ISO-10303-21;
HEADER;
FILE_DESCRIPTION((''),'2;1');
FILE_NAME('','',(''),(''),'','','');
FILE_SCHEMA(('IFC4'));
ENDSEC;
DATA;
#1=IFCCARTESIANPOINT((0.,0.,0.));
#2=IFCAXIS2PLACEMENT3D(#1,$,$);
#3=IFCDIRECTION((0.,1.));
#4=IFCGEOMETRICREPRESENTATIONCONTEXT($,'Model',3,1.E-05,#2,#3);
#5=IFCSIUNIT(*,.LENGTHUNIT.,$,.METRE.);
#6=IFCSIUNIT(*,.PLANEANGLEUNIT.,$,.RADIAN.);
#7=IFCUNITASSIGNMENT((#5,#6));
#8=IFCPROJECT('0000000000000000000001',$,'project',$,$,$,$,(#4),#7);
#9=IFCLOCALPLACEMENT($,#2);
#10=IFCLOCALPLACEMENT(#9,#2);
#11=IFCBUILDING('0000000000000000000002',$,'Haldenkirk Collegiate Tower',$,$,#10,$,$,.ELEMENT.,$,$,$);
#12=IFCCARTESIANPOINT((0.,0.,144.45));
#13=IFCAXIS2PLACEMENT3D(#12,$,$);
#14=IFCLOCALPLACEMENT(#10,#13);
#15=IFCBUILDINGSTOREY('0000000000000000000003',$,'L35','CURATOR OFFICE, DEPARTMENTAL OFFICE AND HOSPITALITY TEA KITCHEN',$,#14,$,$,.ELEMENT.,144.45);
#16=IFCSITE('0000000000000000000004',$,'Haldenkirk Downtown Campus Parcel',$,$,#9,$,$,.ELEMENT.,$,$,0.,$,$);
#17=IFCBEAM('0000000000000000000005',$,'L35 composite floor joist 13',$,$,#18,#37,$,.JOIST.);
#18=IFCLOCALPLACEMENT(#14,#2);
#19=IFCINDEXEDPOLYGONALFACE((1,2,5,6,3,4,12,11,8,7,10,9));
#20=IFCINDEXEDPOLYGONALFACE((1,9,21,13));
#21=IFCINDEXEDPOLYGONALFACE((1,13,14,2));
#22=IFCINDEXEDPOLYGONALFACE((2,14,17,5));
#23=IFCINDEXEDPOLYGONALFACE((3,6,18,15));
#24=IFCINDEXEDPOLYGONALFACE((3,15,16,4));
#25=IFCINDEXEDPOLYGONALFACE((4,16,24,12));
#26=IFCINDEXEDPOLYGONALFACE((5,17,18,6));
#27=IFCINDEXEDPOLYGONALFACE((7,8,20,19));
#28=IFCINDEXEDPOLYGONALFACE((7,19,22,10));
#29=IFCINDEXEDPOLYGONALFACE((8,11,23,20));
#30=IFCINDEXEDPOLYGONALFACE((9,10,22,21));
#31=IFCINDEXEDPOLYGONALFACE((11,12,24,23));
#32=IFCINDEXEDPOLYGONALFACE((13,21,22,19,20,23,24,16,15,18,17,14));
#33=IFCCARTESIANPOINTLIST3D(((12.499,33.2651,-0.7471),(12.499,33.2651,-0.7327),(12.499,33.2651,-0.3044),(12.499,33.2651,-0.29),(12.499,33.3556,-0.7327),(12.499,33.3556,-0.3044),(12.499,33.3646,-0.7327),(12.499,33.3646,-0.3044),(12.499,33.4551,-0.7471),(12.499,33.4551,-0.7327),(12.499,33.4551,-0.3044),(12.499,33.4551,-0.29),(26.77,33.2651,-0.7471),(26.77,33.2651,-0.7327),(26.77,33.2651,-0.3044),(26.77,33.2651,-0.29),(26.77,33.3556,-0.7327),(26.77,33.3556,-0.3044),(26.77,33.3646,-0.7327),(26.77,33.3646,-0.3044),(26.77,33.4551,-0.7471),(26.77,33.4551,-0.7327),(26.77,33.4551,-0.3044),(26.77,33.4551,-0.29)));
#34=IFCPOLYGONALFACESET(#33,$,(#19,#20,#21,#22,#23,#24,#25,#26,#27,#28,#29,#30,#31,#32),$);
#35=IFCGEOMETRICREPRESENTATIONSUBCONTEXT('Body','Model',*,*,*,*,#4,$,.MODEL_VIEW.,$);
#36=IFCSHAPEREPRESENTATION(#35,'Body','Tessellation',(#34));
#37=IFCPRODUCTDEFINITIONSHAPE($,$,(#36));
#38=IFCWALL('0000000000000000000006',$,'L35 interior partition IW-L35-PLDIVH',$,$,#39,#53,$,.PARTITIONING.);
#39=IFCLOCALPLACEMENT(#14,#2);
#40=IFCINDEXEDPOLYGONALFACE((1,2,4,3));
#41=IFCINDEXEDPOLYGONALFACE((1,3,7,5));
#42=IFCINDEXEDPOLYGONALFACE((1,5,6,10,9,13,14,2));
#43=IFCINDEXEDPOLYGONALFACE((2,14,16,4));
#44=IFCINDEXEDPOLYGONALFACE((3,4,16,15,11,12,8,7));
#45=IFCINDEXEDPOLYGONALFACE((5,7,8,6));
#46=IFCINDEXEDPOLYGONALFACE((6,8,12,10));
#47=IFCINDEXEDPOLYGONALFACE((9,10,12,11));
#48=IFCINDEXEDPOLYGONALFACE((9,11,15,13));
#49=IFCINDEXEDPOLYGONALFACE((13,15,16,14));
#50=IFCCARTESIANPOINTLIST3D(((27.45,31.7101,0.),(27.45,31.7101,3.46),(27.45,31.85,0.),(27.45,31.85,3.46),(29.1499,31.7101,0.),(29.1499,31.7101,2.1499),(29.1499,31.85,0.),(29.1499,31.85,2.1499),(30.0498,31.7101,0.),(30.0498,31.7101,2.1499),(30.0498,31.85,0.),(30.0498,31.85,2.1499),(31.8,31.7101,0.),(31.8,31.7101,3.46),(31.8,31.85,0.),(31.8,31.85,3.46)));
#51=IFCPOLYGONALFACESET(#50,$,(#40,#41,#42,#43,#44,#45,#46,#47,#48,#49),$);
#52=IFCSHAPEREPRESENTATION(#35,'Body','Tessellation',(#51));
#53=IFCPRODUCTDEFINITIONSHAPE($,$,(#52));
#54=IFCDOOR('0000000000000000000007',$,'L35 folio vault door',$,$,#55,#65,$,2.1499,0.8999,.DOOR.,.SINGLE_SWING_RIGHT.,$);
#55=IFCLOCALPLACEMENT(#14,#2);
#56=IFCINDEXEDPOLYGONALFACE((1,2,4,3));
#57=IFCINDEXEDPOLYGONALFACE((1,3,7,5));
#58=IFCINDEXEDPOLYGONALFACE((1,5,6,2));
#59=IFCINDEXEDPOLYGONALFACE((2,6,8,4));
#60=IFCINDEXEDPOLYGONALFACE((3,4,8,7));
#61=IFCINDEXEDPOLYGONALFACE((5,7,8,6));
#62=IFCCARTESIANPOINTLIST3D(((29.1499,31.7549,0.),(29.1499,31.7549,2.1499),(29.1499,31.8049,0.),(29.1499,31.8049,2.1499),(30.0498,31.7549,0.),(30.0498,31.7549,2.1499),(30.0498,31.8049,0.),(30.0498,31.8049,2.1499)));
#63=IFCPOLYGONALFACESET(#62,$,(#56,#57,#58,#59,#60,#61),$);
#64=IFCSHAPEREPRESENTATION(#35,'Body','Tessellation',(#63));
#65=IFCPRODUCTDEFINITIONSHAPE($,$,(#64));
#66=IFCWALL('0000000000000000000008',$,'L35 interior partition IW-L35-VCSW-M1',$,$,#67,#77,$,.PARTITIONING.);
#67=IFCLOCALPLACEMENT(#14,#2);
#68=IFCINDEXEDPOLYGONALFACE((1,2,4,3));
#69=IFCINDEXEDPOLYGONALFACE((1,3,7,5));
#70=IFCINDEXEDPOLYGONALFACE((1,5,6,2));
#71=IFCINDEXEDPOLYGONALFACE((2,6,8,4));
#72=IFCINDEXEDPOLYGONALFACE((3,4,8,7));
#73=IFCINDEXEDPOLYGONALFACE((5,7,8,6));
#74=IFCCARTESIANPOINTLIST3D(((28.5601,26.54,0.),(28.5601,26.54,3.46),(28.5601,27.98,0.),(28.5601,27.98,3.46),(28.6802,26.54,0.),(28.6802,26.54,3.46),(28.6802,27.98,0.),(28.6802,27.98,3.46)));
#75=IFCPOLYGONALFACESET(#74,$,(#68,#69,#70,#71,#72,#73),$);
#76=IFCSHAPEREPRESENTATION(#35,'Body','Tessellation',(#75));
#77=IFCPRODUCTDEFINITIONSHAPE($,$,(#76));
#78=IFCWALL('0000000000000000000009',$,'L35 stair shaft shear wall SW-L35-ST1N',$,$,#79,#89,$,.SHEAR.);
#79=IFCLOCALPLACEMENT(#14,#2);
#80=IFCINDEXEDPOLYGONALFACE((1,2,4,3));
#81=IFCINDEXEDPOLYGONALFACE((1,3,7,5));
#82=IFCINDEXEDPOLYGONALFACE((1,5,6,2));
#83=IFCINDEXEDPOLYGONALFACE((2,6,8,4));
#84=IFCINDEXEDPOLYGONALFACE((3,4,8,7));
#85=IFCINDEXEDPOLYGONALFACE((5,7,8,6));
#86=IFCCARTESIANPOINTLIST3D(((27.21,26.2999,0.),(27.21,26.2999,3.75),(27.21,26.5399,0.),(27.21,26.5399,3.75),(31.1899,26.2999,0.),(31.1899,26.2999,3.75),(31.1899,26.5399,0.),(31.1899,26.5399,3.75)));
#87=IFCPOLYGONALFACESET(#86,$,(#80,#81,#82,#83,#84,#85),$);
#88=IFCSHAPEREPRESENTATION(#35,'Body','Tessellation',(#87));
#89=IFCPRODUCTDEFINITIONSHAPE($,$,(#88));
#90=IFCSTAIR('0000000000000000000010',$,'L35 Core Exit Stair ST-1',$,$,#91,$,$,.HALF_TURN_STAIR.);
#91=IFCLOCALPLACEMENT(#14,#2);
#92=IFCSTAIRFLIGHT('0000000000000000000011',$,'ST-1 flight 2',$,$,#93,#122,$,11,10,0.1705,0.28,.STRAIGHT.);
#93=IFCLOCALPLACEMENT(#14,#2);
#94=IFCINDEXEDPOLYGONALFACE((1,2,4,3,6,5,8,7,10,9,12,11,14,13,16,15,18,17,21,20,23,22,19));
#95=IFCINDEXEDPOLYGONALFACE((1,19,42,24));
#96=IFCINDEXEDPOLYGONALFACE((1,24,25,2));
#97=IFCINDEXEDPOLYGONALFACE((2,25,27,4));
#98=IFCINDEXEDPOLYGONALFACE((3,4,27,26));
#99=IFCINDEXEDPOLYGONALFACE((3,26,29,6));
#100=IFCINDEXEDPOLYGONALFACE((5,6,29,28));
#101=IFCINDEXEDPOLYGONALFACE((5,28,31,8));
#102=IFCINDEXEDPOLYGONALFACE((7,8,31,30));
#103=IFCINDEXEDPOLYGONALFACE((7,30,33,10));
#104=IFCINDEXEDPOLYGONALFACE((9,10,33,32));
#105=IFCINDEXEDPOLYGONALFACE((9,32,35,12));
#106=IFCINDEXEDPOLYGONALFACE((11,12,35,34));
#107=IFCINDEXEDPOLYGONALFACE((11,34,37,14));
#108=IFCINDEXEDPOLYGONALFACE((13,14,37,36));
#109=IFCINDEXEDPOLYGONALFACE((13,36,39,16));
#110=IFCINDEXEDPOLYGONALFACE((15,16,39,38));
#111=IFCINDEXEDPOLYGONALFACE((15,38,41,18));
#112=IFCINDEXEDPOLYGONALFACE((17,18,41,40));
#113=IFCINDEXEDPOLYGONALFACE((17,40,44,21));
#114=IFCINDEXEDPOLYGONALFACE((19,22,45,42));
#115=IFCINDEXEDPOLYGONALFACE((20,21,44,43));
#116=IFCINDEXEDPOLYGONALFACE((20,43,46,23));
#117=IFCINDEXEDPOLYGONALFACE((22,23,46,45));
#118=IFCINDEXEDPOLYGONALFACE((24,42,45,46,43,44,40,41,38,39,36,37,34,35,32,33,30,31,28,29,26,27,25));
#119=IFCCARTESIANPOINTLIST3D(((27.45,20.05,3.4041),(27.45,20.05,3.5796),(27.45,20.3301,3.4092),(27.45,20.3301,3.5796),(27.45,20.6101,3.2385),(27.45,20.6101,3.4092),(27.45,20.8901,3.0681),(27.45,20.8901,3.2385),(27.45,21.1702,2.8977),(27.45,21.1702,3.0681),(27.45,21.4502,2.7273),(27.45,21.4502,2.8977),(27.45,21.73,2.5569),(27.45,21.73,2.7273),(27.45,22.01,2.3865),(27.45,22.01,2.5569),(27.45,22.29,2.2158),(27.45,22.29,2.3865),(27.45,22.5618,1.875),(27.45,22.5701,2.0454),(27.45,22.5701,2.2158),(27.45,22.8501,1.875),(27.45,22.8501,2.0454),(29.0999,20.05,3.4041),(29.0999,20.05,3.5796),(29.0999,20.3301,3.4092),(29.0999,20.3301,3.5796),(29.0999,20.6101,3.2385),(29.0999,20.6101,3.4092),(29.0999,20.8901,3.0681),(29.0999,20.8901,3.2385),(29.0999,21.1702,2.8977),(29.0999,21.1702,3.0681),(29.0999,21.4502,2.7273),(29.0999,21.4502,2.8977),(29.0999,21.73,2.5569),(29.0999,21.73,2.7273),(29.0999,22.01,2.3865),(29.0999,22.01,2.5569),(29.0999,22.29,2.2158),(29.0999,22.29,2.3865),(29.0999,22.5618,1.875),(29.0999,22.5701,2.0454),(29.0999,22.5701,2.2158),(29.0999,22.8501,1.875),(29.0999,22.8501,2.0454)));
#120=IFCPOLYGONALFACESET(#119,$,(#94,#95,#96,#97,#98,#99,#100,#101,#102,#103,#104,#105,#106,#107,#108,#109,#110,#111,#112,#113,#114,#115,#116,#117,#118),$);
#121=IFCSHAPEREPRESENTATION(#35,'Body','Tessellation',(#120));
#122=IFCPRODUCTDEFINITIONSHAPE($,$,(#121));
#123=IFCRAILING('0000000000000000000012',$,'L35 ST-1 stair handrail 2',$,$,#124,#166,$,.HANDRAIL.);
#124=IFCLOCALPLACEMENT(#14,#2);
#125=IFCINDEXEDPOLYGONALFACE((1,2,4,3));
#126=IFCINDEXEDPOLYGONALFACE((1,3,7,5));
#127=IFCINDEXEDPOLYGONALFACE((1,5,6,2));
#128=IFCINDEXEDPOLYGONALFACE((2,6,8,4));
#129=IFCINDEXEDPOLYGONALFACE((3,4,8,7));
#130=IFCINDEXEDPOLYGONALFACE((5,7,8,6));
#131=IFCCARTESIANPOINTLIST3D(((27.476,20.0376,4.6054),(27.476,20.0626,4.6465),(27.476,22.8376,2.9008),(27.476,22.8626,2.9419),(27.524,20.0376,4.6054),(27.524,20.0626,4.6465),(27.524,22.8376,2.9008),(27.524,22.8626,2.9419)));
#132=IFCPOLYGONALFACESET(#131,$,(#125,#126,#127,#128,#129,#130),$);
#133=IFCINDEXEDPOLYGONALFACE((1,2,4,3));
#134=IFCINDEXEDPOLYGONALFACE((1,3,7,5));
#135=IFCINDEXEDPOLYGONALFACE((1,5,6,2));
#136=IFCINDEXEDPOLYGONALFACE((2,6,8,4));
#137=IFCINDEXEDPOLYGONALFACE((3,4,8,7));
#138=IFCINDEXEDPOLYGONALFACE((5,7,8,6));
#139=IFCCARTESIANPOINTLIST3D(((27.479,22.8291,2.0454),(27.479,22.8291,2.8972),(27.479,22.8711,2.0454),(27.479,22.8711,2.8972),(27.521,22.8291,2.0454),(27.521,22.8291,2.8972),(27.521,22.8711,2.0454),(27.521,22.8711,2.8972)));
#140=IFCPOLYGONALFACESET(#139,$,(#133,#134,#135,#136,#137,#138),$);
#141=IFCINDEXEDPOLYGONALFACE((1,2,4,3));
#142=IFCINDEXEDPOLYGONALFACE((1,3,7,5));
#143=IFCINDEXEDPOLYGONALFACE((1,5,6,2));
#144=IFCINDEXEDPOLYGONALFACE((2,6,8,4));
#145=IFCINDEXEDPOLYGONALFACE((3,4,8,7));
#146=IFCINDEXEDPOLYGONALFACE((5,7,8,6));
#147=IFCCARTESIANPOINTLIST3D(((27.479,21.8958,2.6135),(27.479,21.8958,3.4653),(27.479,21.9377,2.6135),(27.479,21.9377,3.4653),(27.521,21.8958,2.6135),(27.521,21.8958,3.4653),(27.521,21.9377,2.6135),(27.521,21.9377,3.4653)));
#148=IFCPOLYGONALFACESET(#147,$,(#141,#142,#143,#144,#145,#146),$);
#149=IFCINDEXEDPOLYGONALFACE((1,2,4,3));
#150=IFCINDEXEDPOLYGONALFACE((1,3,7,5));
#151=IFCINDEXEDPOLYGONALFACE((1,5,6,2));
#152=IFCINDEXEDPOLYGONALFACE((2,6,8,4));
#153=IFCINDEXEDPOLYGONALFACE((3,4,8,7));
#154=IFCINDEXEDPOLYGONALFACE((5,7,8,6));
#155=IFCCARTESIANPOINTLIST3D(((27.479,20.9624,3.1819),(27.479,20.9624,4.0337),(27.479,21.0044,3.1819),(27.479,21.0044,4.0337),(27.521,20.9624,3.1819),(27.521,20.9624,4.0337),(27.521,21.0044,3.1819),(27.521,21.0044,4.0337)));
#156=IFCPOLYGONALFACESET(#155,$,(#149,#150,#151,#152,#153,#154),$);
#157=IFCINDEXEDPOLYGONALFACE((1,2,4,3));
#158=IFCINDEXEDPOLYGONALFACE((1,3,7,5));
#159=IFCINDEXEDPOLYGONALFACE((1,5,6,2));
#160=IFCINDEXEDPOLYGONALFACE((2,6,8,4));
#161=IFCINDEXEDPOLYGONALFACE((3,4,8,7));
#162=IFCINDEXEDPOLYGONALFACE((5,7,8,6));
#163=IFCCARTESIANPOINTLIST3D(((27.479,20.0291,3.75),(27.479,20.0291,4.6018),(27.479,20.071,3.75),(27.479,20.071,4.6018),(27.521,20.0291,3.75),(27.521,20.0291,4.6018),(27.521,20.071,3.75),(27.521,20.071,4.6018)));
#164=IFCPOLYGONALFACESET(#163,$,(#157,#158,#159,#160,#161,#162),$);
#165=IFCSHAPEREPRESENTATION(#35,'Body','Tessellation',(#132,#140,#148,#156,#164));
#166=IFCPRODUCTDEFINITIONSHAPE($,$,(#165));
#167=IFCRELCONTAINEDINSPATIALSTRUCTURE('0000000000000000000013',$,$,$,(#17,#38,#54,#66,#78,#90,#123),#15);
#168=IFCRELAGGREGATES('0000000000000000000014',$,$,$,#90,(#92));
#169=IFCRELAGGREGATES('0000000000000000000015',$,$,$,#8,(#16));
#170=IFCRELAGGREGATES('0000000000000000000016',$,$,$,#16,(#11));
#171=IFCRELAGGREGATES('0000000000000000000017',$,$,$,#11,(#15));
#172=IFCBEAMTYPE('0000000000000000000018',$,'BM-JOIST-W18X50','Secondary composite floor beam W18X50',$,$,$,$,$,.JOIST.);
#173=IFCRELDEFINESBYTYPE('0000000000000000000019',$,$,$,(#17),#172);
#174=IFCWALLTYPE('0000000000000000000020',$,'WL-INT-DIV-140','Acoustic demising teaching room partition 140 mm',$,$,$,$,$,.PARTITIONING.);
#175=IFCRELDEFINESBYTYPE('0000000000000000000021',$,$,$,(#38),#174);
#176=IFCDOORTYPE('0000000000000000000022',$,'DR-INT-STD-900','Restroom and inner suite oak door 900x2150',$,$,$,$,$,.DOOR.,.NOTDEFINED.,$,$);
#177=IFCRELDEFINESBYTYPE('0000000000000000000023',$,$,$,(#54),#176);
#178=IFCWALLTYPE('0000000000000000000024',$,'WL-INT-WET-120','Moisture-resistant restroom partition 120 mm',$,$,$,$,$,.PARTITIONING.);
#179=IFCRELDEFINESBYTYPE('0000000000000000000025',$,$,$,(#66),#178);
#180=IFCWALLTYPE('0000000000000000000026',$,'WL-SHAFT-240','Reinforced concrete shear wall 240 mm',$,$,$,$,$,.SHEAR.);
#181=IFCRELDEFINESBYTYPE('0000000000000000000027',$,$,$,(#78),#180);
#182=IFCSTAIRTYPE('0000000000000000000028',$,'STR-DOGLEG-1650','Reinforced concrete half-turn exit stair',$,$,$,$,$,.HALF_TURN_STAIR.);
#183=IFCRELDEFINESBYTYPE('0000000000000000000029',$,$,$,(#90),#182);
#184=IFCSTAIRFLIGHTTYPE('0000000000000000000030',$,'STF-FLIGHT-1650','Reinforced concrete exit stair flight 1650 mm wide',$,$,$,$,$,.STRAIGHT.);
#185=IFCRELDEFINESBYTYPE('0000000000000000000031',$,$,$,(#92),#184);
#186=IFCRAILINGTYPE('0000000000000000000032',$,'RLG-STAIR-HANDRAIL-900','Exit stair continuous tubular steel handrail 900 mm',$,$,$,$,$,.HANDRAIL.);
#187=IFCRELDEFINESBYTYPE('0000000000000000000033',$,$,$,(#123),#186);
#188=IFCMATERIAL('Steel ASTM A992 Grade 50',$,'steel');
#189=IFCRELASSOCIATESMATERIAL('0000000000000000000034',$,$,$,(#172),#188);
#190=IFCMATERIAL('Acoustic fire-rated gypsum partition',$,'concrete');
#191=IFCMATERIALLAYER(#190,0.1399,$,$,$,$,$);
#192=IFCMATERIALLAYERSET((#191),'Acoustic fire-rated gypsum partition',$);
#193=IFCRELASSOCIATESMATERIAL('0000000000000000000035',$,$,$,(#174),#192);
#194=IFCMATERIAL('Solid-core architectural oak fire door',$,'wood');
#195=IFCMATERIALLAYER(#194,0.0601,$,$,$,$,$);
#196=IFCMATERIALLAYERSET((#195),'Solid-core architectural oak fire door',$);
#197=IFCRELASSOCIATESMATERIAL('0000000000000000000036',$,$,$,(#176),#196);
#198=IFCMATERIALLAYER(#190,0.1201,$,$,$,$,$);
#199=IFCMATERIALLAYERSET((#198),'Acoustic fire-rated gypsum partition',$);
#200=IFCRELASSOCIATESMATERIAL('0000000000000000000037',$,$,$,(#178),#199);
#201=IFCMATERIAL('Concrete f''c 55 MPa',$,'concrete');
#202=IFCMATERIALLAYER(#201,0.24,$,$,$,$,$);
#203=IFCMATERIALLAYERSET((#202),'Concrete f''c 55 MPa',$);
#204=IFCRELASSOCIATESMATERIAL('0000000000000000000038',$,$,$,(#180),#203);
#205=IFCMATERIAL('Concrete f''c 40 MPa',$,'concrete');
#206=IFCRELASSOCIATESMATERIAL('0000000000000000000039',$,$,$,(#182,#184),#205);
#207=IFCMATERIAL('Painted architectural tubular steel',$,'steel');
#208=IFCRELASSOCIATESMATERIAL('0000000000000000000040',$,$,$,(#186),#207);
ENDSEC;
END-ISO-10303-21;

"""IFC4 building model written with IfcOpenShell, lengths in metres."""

from ifc_helpers import new_model, si_unit, direction, frame, frame_2d, origin, origin_2d, place, context, subcontext, project, spatial, polyline, rectangle, i_section, outline, extrude, material, layer, layer_set, material_profile, profile_set, type_object, element, fill, aggregate, save


model = new_model("IFC4")

# Units and contexts
model_context = context("Model", 3, precision=1e-05, world=origin(), true_north=direction((0.0, 1.0)))
body_context = subcontext(model_context, "Body", "Model", "MODEL_VIEW")
ifc_project = project(units=[si_unit("LENGTHUNIT", "METRE"), si_unit("PLANEANGLEUNIT", "RADIAN")], contexts=[model_context])

# Site, building, storey
site_placement = place(None, origin())
site = spatial("IfcSite", under=ifc_project, at=site_placement, Name="Haldenkirk Downtown Campus Parcel", CompositionType="ELEMENT", RefElevation=0.0)
building_placement = place(site_placement, origin())
building = spatial("IfcBuilding", under=site, at=building_placement, Name="Haldenkirk Collegiate Tower", CompositionType="ELEMENT")
storey_placement = place(building_placement, frame((0.0, 0.0, 144.45)))
storey = spatial("IfcBuildingStorey", under=building, at=storey_placement, Name="L35", Description="CURATOR OFFICE, DEPARTMENTAL OFFICE AND HOSPITALITY TEA KITCHEN", CompositionType="ELEMENT", Elevation=144.45)

# Beam
ifc_material_1 = material(Name="Steel ASTM A992 Grade 50", Category="steel")
ifc_material_profile = material_profile(ifc_material_1, i_section(OverallWidth=0.1899, OverallDepth=0.457, WebThickness=0.009, FlangeThickness=0.0144, at=origin_2d()), Name="W18X50")
ifc_profile_set = profile_set([ifc_material_profile], Name="Steel ASTM A992 Grade 50")
beam_type = type_object("IfcBeamType", Name="BM-JOIST-W18X50", Description="Secondary composite floor beam W18X50", PredefinedType="JOIST", material=ifc_profile_set)
beam_placement = place(storey_placement, frame((12.499, 33.3601, -0.5186), z_axis=(1.0, 0.0, 0.0), x_axis=(0.0, 1.0, 0.0)))
element("IfcBeam", 1, at=beam_placement, inside=storey, type_object=beam_type, Name="L35 composite floor joist 13", PredefinedType="JOIST", context=body_context, shape_type="SweptSolid", body=[
    extrude(i_section(OverallWidth=0.1899, OverallDepth=0.457, WebThickness=0.009, FlangeThickness=0.0144, at=origin_2d()), origin(), (0.0, 0.0, 1.0), 14.271),
])

# Shared definitions
ifc_material_2 = material(Name="Acoustic fire-rated gypsum partition", Category="concrete")
ifc_material_3 = material(Name="Solid-core architectural oak fire door", Category="wood")

# Wall, opening, door
ifc_layer_1 = layer(ifc_material_2, 0.1399)
ifc_layer_set_1 = layer_set([ifc_layer_1], Name="Acoustic fire-rated gypsum partition")
wall_type_1 = type_object("IfcWallType", Name="WL-INT-DIV-140", Description="Acoustic demising teaching room partition 140 mm", PredefinedType="PARTITIONING", material=ifc_layer_set_1)
wall_1_placement = place(storey_placement, frame((27.45, 31.78, 0.0), z_axis=(0.0, 0.0, 1.0), x_axis=(1.0, 0.0, 0.0)))
wall_1 = element("IfcWall", 2, at=wall_1_placement, inside=storey, type_object=wall_type_1, Name="L35 interior partition IW-L35-PLDIVH", PredefinedType="PARTITIONING", context=body_context, shape_type="SweptSolid", body=[
    extrude(rectangle(XDim=4.3501, YDim=0.1399, at=frame_2d((2.175, 0.0))), origin(), (0.0, 0.0, 1.0), 3.46),
])
opening_1_placement = place(wall_1_placement, frame((1.7, 0.0, 0.0)))
opening_1 = element("IfcOpeningElement", 3, at=opening_1_placement, cuts=wall_1, PredefinedType="OPENING", context=body_context, shape_type="SweptSolid", body=[
    extrude(rectangle(XDim=0.8999, YDim=2.1499, at=frame_2d((0.45, 1.075))), frame((0.0, 0.0798, 0.0), z_axis=(0.0, -1.0, 0.0), x_axis=(1.0, 0.0, 0.0)), (0.0, 0.0, 1.0), 0.1599),
])
ifc_layer_2 = layer(ifc_material_3, 0.0601)
ifc_layer_set_2 = layer_set([ifc_layer_2], Name="Solid-core architectural oak fire door")
door_type_1 = type_object("IfcDoorType", Name="DR-INT-STD-900", Description="Restroom and inner suite oak door 900x2150", OperationType="NOTDEFINED", PredefinedType="DOOR", material=ifc_layer_set_2)
door_1_placement = place(opening_1_placement, origin())
door_1 = element("IfcDoor", 4, at=door_1_placement, inside=storey, type_object=door_type_1, Name="L35 folio vault door", OperationType="SINGLE_SWING_RIGHT", OverallHeight=2.1499, OverallWidth=0.8999, PredefinedType="DOOR", context=body_context, shape_type="SweptSolid", body=[
    extrude(rectangle(XDim=0.8999, YDim=2.1499, at=frame_2d((0.45, 1.075))), frame((0.0, 0.0249, 0.0), z_axis=(0.0, -1.0, 0.0), x_axis=(1.0, 0.0, 0.0)), (0.0, 0.0, 1.0), 0.05),
])
fill(opening_1, door_1)

# Walls
ifc_layer_3 = layer(ifc_material_2, 0.1201)
ifc_layer_set_3 = layer_set([ifc_layer_3], Name="Acoustic fire-rated gypsum partition")
wall_type_2 = type_object("IfcWallType", Name="WL-INT-WET-120", Description="Moisture-resistant restroom partition 120 mm", PredefinedType="PARTITIONING", material=ifc_layer_set_3)
wall_2_placement = place(storey_placement, frame((28.6201, 26.54, 0.0), z_axis=(0.0, 0.0, 1.0), x_axis=(0.0, 1.0, 0.0)))
element("IfcWall", 5, at=wall_2_placement, inside=storey, type_object=wall_type_2, Name="L35 interior partition IW-L35-VCSW-M1", PredefinedType="PARTITIONING", context=body_context, shape_type="SweptSolid", body=[
    extrude(rectangle(XDim=1.4399, YDim=0.1201, at=frame_2d((0.72, 0.0))), origin(), (0.0, 0.0, 1.0), 3.46),
])
ifc_material_4 = material(Name="Concrete f'c 55 MPa", Category="concrete")
ifc_layer_4 = layer(ifc_material_4, 0.24)
ifc_layer_set_4 = layer_set([ifc_layer_4], Name="Concrete f'c 55 MPa")
wall_type_3 = type_object("IfcWallType", Name="WL-SHAFT-240", Description="Reinforced concrete shear wall 240 mm", PredefinedType="SHEAR", material=ifc_layer_set_4)
wall_3_placement = place(storey_placement, frame((27.21, 26.4199, 0.0), z_axis=(0.0, 0.0, 1.0), x_axis=(1.0, 0.0, 0.0)))
element("IfcWall", 6, at=wall_3_placement, inside=storey, type_object=wall_type_3, Name="L35 stair shaft shear wall SW-L35-ST1N", PredefinedType="SHEAR", context=body_context, shape_type="SweptSolid", body=[
    extrude(rectangle(XDim=3.98, YDim=0.24, at=frame_2d((1.99, 0.0))), origin(), (0.0, 0.0, 1.0), 3.75),
])

# Stair, stair flight
ifc_material_5 = material(Name="Concrete f'c 40 MPa", Category="concrete")
stair_type = type_object("IfcStairType", Name="STR-DOGLEG-1650", Description="Reinforced concrete half-turn exit stair", PredefinedType="HALF_TURN_STAIR", material=ifc_material_5)
stair_placement = place(storey_placement, origin())
stair = element("IfcStair", 7, at=stair_placement, inside=storey, type_object=stair_type, Name="L35 Core Exit Stair ST-1", PredefinedType="HALF_TURN_STAIR")
stair_flight_type = type_object("IfcStairFlightType", Name="STF-FLIGHT-1650", Description="Reinforced concrete exit stair flight 1650 mm wide", PredefinedType="STRAIGHT", material=ifc_material_5)
stair_flight_placement = place(storey_placement, frame((28.2749, 22.8501, 1.875), z_axis=(0.0, 0.0, 1.0), x_axis=(0.0, -1.0, 0.0)))
stair_flight = element("IfcStairFlight", 8, at=stair_flight_placement, type_object=stair_flight_type, Name="ST-1 flight 2", NumberOfRisers=11, NumberOfTreads=10, PredefinedType="STRAIGHT", RiserHeight=0.1705, TreadLength=0.28, context=body_context, shape_type="SweptSolid", body=[
    extrude(outline(polyline([(0.0, 0.0), (0.0, 0.1704), (0.28, 0.1704), (0.28, 0.3408), (0.5601, 0.3408), (0.5601, 0.5115), (0.8401, 0.5115), (0.8401, 0.6819), (1.1201, 0.6819), (1.1201, 0.8523), (1.3999, 0.8523), (1.3999, 1.0227), (1.6799, 1.0227), (1.6799, 1.1931), (1.96, 1.1931), (1.96, 1.3635), (2.24, 1.3635), (2.24, 1.5342), (2.52, 1.5342), (2.52, 1.7046), (2.8, 1.7046), (2.8, 1.875), (2.8, 1.5291), (0.2883, 0.0), (0.0, 0.0)])), frame((0.0, 0.825, 0.0), z_axis=(0.0, -1.0, 0.0), x_axis=(1.0, 0.0, 0.0)), (0.0, 0.0, 1.0), 1.6499),
])
aggregate(stair, [stair_flight])

# Railing
ifc_material_6 = material(Name="Painted architectural tubular steel", Category="steel")
railing_type = type_object("IfcRailingType", Name="RLG-STAIR-HANDRAIL-900", Description="Exit stair continuous tubular steel handrail 900 mm", PredefinedType="HANDRAIL", material=ifc_material_6)
railing_placement = place(storey_placement, frame((27.5, 22.8501, 2.0454)))
element("IfcRailing", 9, at=railing_placement, inside=storey, type_object=railing_type, Name="L35 ST-1 stair handrail 2", PredefinedType="HANDRAIL", context=body_context, shape_type="SweptSolid", body=[
    extrude(rectangle(XDim=0.0481, YDim=0.0481, at=origin_2d()), frame((0.0, 0.0, 0.876), z_axis=(0.0, -0.85417, 0.519994), x_axis=(1.0, 0.0, 0.0)), (0.0, 0.0, 1.0), 3.2781),
    extrude(rectangle(XDim=0.042, YDim=0.042, at=origin_2d()), origin(), (0.0, 0.0, 1.0), 0.8518),
    extrude(rectangle(XDim=0.042, YDim=0.042, at=origin_2d()), frame((0.0, -0.9333, 0.5681)), (0.0, 0.0, 1.0), 0.8518),
    extrude(rectangle(XDim=0.042, YDim=0.042, at=origin_2d()), frame((0.0, -1.8667, 1.1365)), (0.0, 0.0, 1.0), 0.8518),
    extrude(rectangle(XDim=0.042, YDim=0.042, at=origin_2d()), frame((0.0, -2.8, 1.7046)), (0.0, 0.0, 1.0), 0.8518),
])

save(model, "model.ifc")
